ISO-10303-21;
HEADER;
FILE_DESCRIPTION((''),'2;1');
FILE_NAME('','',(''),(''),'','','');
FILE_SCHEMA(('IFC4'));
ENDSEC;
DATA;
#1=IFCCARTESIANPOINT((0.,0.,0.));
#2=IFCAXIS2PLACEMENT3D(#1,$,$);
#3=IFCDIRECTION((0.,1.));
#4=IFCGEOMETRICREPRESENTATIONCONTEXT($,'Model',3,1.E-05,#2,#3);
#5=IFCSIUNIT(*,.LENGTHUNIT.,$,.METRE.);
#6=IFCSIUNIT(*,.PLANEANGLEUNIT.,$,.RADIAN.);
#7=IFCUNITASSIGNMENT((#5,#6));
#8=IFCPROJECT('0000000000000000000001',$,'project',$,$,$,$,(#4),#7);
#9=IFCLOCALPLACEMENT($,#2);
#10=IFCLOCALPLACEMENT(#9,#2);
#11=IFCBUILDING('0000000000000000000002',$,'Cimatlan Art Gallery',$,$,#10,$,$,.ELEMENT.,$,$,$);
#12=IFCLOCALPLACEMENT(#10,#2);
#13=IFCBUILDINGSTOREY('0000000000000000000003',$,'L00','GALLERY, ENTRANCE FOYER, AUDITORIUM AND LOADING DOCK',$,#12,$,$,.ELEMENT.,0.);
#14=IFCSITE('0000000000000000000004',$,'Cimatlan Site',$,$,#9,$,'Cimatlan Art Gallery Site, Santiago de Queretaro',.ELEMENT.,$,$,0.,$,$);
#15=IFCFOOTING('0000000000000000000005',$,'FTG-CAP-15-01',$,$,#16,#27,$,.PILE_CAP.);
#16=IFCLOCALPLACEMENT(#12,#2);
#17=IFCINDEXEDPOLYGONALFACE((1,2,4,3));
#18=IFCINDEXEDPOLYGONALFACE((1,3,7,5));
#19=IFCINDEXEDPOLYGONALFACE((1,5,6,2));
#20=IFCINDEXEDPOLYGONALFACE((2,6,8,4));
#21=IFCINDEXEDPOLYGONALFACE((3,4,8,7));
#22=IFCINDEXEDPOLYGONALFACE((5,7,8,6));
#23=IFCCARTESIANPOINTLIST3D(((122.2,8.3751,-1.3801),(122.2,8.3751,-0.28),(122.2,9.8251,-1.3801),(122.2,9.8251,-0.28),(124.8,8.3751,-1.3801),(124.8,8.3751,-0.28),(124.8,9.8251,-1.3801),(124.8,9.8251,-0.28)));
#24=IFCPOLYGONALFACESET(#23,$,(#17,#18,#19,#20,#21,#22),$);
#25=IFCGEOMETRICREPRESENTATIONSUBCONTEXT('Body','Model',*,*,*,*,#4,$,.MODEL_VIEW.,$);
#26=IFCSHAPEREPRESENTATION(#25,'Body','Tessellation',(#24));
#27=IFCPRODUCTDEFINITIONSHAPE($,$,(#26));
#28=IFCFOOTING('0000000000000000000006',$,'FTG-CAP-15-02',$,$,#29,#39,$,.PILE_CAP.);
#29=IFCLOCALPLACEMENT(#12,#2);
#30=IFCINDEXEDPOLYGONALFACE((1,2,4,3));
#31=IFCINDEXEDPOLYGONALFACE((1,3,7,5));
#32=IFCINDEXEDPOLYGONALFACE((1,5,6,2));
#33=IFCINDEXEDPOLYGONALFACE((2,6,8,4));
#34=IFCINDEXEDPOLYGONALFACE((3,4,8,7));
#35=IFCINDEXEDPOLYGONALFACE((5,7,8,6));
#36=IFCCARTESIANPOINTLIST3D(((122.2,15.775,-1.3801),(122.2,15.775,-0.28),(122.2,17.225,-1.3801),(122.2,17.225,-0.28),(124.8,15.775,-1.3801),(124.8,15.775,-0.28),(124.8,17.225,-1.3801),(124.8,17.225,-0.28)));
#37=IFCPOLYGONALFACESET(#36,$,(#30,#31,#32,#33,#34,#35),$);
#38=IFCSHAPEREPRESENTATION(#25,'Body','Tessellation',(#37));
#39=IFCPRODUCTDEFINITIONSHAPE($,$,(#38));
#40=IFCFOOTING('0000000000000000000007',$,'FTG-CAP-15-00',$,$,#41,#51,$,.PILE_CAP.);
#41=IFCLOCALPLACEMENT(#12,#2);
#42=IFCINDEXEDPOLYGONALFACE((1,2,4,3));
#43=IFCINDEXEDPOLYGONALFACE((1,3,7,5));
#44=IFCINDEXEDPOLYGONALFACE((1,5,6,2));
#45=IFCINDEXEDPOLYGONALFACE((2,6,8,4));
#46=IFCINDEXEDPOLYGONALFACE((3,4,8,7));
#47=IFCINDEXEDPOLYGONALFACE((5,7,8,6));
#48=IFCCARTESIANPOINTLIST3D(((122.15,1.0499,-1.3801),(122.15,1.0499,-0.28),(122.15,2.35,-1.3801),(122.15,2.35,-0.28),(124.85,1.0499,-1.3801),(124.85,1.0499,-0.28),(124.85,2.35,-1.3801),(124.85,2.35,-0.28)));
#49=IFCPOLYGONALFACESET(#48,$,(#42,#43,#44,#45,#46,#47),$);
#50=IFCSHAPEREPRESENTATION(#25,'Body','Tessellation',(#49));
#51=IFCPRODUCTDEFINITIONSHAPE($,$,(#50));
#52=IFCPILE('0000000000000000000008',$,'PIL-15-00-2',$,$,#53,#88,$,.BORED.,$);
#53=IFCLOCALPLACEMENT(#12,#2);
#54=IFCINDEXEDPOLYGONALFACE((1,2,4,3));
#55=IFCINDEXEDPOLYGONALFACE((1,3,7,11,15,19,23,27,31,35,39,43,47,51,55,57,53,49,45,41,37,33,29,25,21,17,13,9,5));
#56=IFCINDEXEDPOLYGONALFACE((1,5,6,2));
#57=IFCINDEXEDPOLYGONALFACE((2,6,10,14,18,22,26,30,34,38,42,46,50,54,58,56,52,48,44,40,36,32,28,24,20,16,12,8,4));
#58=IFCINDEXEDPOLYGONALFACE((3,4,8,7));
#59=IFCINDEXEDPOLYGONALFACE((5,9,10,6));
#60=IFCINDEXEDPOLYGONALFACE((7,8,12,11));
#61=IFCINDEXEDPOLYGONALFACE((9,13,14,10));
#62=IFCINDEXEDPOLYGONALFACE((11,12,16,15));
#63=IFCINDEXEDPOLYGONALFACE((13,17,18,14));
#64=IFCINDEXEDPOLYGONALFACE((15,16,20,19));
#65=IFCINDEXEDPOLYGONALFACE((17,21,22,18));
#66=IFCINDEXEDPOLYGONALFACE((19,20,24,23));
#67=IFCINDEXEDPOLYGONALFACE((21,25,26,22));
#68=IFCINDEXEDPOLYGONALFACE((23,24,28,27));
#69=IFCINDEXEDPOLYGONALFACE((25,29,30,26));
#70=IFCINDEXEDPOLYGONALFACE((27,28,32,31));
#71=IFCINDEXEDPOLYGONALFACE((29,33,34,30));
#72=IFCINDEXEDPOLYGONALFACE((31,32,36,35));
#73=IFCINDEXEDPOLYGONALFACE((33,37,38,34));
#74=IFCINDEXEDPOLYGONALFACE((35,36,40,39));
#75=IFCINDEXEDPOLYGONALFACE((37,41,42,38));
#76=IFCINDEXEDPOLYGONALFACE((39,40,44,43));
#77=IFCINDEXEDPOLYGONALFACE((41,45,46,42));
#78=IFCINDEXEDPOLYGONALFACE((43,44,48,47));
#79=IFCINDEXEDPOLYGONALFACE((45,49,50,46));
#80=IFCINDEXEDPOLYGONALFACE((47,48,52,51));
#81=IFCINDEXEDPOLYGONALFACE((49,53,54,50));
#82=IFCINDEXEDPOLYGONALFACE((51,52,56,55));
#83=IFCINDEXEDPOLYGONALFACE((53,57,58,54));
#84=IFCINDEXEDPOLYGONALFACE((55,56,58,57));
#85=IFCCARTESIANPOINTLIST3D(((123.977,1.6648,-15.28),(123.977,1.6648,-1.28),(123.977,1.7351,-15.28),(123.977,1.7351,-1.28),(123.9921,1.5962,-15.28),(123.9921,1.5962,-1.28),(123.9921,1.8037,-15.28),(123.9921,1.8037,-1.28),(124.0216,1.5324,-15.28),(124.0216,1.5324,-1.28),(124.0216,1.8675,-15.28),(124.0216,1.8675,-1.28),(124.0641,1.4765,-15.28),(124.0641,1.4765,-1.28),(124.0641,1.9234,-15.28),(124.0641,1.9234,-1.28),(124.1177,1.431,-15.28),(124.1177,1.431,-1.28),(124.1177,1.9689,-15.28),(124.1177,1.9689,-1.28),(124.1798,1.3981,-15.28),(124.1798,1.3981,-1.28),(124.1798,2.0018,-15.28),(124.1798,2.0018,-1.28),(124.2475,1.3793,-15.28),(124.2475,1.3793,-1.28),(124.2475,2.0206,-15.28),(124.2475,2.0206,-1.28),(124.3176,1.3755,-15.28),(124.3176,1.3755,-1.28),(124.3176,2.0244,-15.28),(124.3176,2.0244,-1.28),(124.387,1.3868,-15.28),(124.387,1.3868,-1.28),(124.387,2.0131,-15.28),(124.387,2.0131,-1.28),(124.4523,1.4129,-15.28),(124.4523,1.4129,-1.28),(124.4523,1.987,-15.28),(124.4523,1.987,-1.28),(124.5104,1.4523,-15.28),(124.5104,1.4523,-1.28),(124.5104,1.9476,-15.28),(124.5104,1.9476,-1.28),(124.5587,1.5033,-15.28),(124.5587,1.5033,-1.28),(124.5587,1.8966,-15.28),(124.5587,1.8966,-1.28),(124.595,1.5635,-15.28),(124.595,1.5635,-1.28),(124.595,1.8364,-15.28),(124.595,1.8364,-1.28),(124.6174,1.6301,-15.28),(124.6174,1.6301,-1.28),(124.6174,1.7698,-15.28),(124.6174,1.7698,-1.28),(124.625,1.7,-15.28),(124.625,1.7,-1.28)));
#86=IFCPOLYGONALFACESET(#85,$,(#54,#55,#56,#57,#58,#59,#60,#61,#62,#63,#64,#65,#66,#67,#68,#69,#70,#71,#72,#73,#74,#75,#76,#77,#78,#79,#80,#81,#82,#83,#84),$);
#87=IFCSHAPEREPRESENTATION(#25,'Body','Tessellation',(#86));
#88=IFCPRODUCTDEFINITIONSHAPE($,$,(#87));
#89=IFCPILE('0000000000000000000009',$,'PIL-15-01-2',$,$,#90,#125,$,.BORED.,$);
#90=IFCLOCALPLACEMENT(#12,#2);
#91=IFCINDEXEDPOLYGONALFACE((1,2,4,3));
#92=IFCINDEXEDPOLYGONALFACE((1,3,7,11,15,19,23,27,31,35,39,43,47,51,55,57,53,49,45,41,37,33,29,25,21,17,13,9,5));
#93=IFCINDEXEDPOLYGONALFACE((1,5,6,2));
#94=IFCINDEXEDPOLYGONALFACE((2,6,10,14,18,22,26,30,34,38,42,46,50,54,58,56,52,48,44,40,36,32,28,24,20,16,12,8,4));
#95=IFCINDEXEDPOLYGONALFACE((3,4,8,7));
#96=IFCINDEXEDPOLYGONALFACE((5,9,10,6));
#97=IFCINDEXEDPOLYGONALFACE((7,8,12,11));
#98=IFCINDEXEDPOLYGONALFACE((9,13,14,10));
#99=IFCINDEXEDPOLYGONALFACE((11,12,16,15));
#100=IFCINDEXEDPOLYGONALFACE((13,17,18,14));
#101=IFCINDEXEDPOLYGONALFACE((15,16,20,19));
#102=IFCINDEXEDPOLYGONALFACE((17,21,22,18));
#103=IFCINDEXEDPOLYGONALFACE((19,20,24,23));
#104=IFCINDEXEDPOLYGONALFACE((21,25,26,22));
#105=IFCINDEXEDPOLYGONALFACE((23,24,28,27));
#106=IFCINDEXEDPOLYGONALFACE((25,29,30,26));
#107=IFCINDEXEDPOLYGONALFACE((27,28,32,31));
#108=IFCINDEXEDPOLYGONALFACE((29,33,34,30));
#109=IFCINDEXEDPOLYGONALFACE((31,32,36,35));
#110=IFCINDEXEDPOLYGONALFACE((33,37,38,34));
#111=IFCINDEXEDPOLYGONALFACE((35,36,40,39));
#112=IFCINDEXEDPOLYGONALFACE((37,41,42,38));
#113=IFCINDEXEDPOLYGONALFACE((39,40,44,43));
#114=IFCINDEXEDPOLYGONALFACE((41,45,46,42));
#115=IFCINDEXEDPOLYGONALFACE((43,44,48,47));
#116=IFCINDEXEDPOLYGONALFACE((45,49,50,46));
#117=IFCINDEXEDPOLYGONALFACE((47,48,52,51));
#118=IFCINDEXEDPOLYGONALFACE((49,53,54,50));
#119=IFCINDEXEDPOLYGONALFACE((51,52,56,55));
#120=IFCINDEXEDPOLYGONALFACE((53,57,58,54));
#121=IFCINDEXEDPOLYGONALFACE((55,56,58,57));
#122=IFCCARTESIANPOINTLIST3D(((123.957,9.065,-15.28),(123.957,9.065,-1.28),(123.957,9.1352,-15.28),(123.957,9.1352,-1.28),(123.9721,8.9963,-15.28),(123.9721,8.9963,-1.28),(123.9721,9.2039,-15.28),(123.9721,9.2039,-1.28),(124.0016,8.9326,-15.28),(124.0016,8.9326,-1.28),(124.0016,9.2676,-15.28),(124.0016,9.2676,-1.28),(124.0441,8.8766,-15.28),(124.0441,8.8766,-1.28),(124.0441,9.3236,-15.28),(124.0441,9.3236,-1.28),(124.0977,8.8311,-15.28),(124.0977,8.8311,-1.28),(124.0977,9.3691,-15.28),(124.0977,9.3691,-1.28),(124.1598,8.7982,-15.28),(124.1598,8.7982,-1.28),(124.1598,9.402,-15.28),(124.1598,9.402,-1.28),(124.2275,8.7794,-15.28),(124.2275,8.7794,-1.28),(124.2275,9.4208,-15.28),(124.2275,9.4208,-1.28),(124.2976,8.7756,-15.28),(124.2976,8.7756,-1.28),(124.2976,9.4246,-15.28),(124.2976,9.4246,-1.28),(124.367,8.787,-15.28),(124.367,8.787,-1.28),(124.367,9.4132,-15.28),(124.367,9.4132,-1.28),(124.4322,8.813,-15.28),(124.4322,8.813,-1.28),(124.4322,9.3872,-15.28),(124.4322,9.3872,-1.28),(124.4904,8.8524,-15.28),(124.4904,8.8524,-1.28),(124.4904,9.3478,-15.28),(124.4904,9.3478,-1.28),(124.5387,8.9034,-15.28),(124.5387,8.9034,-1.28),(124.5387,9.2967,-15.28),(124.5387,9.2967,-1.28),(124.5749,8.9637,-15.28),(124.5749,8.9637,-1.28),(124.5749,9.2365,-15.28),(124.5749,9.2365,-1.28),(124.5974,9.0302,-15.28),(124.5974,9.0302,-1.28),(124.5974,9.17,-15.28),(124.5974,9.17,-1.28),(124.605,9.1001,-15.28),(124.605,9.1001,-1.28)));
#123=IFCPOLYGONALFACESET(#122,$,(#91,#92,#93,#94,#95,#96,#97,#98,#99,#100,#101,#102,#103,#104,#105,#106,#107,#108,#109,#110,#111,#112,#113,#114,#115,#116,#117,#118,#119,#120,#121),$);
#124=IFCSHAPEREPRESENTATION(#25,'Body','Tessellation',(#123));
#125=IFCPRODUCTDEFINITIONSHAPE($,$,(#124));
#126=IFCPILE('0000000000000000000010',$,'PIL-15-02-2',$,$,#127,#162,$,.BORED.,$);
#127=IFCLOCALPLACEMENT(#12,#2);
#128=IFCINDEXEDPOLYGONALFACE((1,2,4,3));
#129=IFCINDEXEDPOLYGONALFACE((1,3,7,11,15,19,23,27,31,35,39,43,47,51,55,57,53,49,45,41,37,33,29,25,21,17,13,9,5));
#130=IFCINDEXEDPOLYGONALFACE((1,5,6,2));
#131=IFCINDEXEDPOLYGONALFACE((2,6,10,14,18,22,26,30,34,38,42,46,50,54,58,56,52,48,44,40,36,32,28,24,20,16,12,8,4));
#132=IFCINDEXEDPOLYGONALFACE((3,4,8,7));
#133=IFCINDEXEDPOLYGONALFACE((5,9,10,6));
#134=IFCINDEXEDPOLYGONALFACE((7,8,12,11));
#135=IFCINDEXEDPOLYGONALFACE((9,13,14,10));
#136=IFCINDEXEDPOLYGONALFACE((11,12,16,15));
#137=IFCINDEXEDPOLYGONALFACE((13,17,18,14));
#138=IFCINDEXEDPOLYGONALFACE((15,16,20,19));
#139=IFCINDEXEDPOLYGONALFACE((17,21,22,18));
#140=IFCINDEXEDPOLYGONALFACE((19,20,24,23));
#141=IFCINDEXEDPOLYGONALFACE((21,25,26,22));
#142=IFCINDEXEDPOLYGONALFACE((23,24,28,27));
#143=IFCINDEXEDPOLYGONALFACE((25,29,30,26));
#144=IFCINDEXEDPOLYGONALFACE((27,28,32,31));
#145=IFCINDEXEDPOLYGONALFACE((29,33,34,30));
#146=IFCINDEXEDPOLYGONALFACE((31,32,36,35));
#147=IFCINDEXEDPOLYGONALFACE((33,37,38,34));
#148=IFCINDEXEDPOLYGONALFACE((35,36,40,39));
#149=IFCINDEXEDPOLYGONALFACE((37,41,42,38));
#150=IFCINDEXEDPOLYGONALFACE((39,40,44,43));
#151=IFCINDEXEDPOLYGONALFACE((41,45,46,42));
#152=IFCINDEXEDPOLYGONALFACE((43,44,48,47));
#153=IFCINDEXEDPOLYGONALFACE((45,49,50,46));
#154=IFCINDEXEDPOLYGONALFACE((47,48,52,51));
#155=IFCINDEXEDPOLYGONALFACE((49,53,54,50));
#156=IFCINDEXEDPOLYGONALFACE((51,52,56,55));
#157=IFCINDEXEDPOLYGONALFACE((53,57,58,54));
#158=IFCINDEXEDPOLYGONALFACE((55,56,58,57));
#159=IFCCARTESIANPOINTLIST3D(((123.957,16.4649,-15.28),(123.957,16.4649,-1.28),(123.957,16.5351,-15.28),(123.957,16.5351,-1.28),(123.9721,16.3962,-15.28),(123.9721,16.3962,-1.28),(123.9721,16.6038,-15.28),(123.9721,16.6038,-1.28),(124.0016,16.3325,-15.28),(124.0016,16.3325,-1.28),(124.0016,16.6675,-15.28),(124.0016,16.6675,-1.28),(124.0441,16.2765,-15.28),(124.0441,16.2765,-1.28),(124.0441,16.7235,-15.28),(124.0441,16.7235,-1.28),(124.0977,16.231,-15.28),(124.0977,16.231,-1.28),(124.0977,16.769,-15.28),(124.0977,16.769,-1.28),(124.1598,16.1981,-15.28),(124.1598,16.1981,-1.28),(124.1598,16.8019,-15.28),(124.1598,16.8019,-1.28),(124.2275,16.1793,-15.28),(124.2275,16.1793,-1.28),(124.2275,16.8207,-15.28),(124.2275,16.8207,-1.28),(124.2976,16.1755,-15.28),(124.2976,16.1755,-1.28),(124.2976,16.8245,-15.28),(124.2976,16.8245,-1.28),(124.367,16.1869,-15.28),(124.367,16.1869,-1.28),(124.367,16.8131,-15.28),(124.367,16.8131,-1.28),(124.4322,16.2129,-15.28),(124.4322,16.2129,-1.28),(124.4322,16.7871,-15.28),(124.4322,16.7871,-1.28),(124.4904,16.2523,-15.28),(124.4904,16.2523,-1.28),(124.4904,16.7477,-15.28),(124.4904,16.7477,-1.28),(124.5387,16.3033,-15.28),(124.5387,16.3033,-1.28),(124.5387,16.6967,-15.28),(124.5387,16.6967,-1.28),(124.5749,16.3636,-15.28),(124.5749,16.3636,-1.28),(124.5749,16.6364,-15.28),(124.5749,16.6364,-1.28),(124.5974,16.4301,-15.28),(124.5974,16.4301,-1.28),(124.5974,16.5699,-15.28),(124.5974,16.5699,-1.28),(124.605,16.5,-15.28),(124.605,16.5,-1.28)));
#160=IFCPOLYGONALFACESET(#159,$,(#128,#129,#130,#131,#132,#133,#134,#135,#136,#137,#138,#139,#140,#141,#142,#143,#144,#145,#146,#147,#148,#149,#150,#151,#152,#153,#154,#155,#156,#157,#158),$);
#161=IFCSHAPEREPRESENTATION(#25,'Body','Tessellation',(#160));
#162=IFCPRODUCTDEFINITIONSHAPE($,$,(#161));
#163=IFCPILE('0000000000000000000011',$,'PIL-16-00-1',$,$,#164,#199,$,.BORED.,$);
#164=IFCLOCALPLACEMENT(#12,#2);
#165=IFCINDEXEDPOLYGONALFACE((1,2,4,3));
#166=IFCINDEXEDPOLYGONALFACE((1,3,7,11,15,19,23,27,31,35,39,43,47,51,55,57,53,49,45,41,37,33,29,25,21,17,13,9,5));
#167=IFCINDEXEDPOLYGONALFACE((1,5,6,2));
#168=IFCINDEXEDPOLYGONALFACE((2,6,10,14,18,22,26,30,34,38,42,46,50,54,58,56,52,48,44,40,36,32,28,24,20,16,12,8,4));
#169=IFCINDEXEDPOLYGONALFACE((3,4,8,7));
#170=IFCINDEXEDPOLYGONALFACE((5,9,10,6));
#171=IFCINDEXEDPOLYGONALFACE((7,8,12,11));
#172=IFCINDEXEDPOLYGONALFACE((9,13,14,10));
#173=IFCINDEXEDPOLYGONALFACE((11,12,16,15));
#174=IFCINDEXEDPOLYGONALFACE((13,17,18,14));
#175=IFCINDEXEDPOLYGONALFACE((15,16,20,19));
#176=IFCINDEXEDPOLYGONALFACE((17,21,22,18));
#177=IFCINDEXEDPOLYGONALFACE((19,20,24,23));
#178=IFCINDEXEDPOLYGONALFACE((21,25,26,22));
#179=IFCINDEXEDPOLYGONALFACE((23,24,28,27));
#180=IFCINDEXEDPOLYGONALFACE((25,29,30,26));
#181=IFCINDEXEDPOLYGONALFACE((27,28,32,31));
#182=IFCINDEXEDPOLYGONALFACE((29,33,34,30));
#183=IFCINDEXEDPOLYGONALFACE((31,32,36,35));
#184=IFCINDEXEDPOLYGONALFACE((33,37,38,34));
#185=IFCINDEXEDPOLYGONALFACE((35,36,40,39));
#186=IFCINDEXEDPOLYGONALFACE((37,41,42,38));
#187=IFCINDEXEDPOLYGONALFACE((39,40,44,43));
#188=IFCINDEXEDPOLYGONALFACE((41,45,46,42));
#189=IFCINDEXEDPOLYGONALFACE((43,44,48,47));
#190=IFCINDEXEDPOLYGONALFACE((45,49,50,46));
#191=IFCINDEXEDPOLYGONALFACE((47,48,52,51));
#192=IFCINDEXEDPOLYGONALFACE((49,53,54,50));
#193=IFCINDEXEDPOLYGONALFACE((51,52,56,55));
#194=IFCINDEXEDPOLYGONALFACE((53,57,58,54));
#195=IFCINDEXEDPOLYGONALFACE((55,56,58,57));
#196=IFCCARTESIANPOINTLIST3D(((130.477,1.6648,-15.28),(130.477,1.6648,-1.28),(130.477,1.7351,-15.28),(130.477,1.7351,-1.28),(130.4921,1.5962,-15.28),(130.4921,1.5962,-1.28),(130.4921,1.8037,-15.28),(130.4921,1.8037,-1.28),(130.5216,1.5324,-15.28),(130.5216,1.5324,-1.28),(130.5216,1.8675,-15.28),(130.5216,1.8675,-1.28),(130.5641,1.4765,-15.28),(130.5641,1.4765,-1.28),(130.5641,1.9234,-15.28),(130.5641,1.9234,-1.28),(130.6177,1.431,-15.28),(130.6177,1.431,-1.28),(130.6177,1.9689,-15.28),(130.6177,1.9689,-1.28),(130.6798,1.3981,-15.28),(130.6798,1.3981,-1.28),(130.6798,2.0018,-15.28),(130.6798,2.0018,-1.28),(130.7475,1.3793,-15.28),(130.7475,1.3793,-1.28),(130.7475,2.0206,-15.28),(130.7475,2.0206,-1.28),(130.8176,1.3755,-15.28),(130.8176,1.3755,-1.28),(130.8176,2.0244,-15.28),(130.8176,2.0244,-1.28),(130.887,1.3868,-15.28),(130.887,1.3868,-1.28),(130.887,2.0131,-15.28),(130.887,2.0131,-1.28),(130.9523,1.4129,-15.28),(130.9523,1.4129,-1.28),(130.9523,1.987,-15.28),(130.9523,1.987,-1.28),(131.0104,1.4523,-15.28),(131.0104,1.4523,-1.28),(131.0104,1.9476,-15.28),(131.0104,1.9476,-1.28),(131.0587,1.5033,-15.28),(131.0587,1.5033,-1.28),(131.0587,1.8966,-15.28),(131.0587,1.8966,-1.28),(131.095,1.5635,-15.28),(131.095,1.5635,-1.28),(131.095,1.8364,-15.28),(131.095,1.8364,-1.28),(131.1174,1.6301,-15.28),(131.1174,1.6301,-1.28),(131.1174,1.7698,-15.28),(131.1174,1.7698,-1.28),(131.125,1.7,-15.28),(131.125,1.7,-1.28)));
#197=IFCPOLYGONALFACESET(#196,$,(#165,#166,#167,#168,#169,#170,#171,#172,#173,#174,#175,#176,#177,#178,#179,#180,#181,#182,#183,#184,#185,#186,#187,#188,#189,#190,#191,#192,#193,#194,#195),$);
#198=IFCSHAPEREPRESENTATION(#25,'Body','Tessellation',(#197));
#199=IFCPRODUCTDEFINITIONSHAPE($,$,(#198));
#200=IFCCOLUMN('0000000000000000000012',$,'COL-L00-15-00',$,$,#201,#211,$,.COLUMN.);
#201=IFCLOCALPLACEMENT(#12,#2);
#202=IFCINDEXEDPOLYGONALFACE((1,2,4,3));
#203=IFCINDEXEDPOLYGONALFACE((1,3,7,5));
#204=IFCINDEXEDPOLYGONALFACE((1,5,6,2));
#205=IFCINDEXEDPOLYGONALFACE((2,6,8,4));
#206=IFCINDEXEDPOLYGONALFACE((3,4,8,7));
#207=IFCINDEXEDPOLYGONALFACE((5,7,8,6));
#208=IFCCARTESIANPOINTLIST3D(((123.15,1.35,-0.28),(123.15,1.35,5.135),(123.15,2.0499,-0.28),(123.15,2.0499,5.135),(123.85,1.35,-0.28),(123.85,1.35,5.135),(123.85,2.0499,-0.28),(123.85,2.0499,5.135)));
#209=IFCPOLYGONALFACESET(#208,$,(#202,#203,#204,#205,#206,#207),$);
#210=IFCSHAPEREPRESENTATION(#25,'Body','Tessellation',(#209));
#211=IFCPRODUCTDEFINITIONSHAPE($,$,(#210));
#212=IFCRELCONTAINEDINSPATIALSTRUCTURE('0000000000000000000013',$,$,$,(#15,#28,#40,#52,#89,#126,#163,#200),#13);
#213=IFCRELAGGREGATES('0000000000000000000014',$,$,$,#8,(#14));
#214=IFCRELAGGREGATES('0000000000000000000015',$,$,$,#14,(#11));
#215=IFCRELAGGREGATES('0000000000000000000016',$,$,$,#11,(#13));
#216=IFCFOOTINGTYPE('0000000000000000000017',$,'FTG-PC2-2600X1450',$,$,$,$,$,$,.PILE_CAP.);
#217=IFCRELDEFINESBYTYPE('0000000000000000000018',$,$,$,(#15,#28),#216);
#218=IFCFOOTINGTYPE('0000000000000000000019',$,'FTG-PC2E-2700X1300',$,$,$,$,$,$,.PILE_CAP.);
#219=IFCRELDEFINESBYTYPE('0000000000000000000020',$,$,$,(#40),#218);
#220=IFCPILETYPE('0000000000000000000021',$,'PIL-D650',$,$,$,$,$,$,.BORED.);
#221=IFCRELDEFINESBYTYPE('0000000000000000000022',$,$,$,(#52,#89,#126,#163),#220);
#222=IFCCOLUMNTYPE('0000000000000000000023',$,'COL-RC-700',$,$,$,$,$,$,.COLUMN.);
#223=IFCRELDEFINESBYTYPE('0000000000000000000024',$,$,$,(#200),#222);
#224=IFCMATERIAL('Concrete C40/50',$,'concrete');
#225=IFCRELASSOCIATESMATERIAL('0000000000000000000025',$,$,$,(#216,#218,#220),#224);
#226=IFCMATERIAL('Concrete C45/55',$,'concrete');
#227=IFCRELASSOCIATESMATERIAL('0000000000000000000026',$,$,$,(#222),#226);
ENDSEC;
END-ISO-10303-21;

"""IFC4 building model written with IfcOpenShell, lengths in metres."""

from ifc_helpers import new_model, si_unit, direction, frame, origin, origin_2d, place, context, subcontext, project, spatial, rectangle, circle, extrude, material, material_profile, profile_set, type_object, element, save


model = new_model("IFC4")

# Units and contexts
model_context = context("Model", 3, precision=1e-05, world=origin(), true_north=direction((0.0, 1.0)))
body_context = subcontext(model_context, "Body", "Model", "MODEL_VIEW")
ifc_project = project(units=[si_unit("LENGTHUNIT", "METRE"), si_unit("PLANEANGLEUNIT", "RADIAN")], contexts=[model_context])

# Site, building, storey
site_placement = place(None, origin())
site = spatial("IfcSite", under=ifc_project, at=site_placement, Name="Cimatlan Site", LongName="Cimatlan Art Gallery Site, Santiago de Queretaro", CompositionType="ELEMENT", RefElevation=0.0)
building_placement = place(site_placement, origin())
building = spatial("IfcBuilding", under=site, at=building_placement, Name="Cimatlan Art Gallery", CompositionType="ELEMENT")
storey_placement = place(building_placement, origin())
storey = spatial("IfcBuildingStorey", under=building, at=storey_placement, Name="L00", Description="GALLERY, ENTRANCE FOYER, AUDITORIUM AND LOADING DOCK", CompositionType="ELEMENT", Elevation=0.0)

# Footings
ifc_material_1 = material(Name="Concrete C40/50", Category="concrete")
footing_type_1 = type_object("IfcFootingType", Name="FTG-PC2-2600X1450", PredefinedType="PILE_CAP", material=ifc_material_1)
for number, where, z_axis, x_axis, name in (
    (1, (123.5, 9.1001, -1.3801), (0.0, 0.0, 1.0), (1.0, 0.0, 0.0), "FTG-CAP-15-01"),
    (2, (123.5, 16.5, -1.3801), (0.0, 0.0, 1.0), (1.0, 0.0, 0.0), "FTG-CAP-15-02"),
):
    element("IfcFooting", number, at=place(storey_placement, frame(where, z_axis=z_axis, x_axis=x_axis)), inside=storey, type_object=footing_type_1, Name=name, PredefinedType="PILE_CAP", context=body_context, shape_type="SweptSolid", body=[
        extrude(rectangle(XDim=2.6001, YDim=1.45, at=origin_2d()), origin(), (0.0, 0.0, 1.0), 1.1001),
    ])
footing_type_2 = type_object("IfcFootingType", Name="FTG-PC2E-2700X1300", PredefinedType="PILE_CAP", material=ifc_material_1)
footing_placement = place(storey_placement, frame((123.5, 1.7, -1.3801), z_axis=(0.0, 0.0, 1.0), x_axis=(1.0, 0.0, 0.0)))
element("IfcFooting", 3, at=footing_placement, inside=storey, type_object=footing_type_2, Name="FTG-CAP-15-00", PredefinedType="PILE_CAP", context=body_context, shape_type="SweptSolid", body=[
    extrude(rectangle(XDim=2.7, YDim=1.3, at=origin_2d()), origin(), (0.0, 0.0, 1.0), 1.1001),
])

# Piles
pile_type = type_object("IfcPileType", Name="PIL-D650", PredefinedType="BORED", material=ifc_material_1)
for number, where, z_axis, x_axis, name in (
    (4, (124.3, 1.7, -1.28), (0.0, 0.0, -1.0), (1.0, 0.0, 0.0), "PIL-15-00-2"),
    (5, (124.28, 9.1001, -1.28), (0.0, 0.0, -1.0), (1.0, 0.0, 0.0), "PIL-15-01-2"),
    (6, (124.28, 16.5, -1.28), (0.0, 0.0, -1.0), (1.0, 0.0, 0.0), "PIL-15-02-2"),
    (7, (130.8, 1.7, -1.28), (0.0, 0.0, -1.0), (1.0, 0.0, 0.0), "PIL-16-00-1"),
):
    element("IfcPile", number, at=place(storey_placement, frame(where, z_axis=z_axis, x_axis=x_axis)), inside=storey, type_object=pile_type, Name=name, PredefinedType="BORED", context=body_context, shape_type="SweptSolid", body=[
        extrude(circle(Radius=0.325, at=origin_2d()), origin(), (0.0, 0.0, 1.0), 14.0),
    ])

# Column
ifc_material_2 = material(Name="Concrete C45/55", Category="concrete")
ifc_material_profile_1 = material_profile(ifc_material_2, rectangle(XDim=0.7, YDim=0.7, at=origin_2d()), Name="RC700X700")
ifc_profile_set_1 = profile_set([ifc_material_profile_1], Name="Concrete C45/55")
column_type = type_object("IfcColumnType", Name="COL-RC-700", PredefinedType="COLUMN", material=ifc_profile_set_1)
for number, where, z_axis, x_axis, name in (
    (8, (123.5, 1.7, -0.28), (0.0, 0.0, 1.0), (1.0, 0.0, 0.0), "COL-L00-15-00"),
):
    element("IfcColumn", number, at=place(storey_placement, frame(where, z_axis=z_axis, x_axis=x_axis)), inside=storey, type_object=column_type, Name=name, PredefinedType="COLUMN", context=body_context, shape_type="SweptSolid", body=[
        extrude(rectangle(XDim=0.7, YDim=0.7, at=origin_2d()), origin(), (0.0, 0.0, 1.0), 5.415),
    ])

save(model, "model.ifc")
